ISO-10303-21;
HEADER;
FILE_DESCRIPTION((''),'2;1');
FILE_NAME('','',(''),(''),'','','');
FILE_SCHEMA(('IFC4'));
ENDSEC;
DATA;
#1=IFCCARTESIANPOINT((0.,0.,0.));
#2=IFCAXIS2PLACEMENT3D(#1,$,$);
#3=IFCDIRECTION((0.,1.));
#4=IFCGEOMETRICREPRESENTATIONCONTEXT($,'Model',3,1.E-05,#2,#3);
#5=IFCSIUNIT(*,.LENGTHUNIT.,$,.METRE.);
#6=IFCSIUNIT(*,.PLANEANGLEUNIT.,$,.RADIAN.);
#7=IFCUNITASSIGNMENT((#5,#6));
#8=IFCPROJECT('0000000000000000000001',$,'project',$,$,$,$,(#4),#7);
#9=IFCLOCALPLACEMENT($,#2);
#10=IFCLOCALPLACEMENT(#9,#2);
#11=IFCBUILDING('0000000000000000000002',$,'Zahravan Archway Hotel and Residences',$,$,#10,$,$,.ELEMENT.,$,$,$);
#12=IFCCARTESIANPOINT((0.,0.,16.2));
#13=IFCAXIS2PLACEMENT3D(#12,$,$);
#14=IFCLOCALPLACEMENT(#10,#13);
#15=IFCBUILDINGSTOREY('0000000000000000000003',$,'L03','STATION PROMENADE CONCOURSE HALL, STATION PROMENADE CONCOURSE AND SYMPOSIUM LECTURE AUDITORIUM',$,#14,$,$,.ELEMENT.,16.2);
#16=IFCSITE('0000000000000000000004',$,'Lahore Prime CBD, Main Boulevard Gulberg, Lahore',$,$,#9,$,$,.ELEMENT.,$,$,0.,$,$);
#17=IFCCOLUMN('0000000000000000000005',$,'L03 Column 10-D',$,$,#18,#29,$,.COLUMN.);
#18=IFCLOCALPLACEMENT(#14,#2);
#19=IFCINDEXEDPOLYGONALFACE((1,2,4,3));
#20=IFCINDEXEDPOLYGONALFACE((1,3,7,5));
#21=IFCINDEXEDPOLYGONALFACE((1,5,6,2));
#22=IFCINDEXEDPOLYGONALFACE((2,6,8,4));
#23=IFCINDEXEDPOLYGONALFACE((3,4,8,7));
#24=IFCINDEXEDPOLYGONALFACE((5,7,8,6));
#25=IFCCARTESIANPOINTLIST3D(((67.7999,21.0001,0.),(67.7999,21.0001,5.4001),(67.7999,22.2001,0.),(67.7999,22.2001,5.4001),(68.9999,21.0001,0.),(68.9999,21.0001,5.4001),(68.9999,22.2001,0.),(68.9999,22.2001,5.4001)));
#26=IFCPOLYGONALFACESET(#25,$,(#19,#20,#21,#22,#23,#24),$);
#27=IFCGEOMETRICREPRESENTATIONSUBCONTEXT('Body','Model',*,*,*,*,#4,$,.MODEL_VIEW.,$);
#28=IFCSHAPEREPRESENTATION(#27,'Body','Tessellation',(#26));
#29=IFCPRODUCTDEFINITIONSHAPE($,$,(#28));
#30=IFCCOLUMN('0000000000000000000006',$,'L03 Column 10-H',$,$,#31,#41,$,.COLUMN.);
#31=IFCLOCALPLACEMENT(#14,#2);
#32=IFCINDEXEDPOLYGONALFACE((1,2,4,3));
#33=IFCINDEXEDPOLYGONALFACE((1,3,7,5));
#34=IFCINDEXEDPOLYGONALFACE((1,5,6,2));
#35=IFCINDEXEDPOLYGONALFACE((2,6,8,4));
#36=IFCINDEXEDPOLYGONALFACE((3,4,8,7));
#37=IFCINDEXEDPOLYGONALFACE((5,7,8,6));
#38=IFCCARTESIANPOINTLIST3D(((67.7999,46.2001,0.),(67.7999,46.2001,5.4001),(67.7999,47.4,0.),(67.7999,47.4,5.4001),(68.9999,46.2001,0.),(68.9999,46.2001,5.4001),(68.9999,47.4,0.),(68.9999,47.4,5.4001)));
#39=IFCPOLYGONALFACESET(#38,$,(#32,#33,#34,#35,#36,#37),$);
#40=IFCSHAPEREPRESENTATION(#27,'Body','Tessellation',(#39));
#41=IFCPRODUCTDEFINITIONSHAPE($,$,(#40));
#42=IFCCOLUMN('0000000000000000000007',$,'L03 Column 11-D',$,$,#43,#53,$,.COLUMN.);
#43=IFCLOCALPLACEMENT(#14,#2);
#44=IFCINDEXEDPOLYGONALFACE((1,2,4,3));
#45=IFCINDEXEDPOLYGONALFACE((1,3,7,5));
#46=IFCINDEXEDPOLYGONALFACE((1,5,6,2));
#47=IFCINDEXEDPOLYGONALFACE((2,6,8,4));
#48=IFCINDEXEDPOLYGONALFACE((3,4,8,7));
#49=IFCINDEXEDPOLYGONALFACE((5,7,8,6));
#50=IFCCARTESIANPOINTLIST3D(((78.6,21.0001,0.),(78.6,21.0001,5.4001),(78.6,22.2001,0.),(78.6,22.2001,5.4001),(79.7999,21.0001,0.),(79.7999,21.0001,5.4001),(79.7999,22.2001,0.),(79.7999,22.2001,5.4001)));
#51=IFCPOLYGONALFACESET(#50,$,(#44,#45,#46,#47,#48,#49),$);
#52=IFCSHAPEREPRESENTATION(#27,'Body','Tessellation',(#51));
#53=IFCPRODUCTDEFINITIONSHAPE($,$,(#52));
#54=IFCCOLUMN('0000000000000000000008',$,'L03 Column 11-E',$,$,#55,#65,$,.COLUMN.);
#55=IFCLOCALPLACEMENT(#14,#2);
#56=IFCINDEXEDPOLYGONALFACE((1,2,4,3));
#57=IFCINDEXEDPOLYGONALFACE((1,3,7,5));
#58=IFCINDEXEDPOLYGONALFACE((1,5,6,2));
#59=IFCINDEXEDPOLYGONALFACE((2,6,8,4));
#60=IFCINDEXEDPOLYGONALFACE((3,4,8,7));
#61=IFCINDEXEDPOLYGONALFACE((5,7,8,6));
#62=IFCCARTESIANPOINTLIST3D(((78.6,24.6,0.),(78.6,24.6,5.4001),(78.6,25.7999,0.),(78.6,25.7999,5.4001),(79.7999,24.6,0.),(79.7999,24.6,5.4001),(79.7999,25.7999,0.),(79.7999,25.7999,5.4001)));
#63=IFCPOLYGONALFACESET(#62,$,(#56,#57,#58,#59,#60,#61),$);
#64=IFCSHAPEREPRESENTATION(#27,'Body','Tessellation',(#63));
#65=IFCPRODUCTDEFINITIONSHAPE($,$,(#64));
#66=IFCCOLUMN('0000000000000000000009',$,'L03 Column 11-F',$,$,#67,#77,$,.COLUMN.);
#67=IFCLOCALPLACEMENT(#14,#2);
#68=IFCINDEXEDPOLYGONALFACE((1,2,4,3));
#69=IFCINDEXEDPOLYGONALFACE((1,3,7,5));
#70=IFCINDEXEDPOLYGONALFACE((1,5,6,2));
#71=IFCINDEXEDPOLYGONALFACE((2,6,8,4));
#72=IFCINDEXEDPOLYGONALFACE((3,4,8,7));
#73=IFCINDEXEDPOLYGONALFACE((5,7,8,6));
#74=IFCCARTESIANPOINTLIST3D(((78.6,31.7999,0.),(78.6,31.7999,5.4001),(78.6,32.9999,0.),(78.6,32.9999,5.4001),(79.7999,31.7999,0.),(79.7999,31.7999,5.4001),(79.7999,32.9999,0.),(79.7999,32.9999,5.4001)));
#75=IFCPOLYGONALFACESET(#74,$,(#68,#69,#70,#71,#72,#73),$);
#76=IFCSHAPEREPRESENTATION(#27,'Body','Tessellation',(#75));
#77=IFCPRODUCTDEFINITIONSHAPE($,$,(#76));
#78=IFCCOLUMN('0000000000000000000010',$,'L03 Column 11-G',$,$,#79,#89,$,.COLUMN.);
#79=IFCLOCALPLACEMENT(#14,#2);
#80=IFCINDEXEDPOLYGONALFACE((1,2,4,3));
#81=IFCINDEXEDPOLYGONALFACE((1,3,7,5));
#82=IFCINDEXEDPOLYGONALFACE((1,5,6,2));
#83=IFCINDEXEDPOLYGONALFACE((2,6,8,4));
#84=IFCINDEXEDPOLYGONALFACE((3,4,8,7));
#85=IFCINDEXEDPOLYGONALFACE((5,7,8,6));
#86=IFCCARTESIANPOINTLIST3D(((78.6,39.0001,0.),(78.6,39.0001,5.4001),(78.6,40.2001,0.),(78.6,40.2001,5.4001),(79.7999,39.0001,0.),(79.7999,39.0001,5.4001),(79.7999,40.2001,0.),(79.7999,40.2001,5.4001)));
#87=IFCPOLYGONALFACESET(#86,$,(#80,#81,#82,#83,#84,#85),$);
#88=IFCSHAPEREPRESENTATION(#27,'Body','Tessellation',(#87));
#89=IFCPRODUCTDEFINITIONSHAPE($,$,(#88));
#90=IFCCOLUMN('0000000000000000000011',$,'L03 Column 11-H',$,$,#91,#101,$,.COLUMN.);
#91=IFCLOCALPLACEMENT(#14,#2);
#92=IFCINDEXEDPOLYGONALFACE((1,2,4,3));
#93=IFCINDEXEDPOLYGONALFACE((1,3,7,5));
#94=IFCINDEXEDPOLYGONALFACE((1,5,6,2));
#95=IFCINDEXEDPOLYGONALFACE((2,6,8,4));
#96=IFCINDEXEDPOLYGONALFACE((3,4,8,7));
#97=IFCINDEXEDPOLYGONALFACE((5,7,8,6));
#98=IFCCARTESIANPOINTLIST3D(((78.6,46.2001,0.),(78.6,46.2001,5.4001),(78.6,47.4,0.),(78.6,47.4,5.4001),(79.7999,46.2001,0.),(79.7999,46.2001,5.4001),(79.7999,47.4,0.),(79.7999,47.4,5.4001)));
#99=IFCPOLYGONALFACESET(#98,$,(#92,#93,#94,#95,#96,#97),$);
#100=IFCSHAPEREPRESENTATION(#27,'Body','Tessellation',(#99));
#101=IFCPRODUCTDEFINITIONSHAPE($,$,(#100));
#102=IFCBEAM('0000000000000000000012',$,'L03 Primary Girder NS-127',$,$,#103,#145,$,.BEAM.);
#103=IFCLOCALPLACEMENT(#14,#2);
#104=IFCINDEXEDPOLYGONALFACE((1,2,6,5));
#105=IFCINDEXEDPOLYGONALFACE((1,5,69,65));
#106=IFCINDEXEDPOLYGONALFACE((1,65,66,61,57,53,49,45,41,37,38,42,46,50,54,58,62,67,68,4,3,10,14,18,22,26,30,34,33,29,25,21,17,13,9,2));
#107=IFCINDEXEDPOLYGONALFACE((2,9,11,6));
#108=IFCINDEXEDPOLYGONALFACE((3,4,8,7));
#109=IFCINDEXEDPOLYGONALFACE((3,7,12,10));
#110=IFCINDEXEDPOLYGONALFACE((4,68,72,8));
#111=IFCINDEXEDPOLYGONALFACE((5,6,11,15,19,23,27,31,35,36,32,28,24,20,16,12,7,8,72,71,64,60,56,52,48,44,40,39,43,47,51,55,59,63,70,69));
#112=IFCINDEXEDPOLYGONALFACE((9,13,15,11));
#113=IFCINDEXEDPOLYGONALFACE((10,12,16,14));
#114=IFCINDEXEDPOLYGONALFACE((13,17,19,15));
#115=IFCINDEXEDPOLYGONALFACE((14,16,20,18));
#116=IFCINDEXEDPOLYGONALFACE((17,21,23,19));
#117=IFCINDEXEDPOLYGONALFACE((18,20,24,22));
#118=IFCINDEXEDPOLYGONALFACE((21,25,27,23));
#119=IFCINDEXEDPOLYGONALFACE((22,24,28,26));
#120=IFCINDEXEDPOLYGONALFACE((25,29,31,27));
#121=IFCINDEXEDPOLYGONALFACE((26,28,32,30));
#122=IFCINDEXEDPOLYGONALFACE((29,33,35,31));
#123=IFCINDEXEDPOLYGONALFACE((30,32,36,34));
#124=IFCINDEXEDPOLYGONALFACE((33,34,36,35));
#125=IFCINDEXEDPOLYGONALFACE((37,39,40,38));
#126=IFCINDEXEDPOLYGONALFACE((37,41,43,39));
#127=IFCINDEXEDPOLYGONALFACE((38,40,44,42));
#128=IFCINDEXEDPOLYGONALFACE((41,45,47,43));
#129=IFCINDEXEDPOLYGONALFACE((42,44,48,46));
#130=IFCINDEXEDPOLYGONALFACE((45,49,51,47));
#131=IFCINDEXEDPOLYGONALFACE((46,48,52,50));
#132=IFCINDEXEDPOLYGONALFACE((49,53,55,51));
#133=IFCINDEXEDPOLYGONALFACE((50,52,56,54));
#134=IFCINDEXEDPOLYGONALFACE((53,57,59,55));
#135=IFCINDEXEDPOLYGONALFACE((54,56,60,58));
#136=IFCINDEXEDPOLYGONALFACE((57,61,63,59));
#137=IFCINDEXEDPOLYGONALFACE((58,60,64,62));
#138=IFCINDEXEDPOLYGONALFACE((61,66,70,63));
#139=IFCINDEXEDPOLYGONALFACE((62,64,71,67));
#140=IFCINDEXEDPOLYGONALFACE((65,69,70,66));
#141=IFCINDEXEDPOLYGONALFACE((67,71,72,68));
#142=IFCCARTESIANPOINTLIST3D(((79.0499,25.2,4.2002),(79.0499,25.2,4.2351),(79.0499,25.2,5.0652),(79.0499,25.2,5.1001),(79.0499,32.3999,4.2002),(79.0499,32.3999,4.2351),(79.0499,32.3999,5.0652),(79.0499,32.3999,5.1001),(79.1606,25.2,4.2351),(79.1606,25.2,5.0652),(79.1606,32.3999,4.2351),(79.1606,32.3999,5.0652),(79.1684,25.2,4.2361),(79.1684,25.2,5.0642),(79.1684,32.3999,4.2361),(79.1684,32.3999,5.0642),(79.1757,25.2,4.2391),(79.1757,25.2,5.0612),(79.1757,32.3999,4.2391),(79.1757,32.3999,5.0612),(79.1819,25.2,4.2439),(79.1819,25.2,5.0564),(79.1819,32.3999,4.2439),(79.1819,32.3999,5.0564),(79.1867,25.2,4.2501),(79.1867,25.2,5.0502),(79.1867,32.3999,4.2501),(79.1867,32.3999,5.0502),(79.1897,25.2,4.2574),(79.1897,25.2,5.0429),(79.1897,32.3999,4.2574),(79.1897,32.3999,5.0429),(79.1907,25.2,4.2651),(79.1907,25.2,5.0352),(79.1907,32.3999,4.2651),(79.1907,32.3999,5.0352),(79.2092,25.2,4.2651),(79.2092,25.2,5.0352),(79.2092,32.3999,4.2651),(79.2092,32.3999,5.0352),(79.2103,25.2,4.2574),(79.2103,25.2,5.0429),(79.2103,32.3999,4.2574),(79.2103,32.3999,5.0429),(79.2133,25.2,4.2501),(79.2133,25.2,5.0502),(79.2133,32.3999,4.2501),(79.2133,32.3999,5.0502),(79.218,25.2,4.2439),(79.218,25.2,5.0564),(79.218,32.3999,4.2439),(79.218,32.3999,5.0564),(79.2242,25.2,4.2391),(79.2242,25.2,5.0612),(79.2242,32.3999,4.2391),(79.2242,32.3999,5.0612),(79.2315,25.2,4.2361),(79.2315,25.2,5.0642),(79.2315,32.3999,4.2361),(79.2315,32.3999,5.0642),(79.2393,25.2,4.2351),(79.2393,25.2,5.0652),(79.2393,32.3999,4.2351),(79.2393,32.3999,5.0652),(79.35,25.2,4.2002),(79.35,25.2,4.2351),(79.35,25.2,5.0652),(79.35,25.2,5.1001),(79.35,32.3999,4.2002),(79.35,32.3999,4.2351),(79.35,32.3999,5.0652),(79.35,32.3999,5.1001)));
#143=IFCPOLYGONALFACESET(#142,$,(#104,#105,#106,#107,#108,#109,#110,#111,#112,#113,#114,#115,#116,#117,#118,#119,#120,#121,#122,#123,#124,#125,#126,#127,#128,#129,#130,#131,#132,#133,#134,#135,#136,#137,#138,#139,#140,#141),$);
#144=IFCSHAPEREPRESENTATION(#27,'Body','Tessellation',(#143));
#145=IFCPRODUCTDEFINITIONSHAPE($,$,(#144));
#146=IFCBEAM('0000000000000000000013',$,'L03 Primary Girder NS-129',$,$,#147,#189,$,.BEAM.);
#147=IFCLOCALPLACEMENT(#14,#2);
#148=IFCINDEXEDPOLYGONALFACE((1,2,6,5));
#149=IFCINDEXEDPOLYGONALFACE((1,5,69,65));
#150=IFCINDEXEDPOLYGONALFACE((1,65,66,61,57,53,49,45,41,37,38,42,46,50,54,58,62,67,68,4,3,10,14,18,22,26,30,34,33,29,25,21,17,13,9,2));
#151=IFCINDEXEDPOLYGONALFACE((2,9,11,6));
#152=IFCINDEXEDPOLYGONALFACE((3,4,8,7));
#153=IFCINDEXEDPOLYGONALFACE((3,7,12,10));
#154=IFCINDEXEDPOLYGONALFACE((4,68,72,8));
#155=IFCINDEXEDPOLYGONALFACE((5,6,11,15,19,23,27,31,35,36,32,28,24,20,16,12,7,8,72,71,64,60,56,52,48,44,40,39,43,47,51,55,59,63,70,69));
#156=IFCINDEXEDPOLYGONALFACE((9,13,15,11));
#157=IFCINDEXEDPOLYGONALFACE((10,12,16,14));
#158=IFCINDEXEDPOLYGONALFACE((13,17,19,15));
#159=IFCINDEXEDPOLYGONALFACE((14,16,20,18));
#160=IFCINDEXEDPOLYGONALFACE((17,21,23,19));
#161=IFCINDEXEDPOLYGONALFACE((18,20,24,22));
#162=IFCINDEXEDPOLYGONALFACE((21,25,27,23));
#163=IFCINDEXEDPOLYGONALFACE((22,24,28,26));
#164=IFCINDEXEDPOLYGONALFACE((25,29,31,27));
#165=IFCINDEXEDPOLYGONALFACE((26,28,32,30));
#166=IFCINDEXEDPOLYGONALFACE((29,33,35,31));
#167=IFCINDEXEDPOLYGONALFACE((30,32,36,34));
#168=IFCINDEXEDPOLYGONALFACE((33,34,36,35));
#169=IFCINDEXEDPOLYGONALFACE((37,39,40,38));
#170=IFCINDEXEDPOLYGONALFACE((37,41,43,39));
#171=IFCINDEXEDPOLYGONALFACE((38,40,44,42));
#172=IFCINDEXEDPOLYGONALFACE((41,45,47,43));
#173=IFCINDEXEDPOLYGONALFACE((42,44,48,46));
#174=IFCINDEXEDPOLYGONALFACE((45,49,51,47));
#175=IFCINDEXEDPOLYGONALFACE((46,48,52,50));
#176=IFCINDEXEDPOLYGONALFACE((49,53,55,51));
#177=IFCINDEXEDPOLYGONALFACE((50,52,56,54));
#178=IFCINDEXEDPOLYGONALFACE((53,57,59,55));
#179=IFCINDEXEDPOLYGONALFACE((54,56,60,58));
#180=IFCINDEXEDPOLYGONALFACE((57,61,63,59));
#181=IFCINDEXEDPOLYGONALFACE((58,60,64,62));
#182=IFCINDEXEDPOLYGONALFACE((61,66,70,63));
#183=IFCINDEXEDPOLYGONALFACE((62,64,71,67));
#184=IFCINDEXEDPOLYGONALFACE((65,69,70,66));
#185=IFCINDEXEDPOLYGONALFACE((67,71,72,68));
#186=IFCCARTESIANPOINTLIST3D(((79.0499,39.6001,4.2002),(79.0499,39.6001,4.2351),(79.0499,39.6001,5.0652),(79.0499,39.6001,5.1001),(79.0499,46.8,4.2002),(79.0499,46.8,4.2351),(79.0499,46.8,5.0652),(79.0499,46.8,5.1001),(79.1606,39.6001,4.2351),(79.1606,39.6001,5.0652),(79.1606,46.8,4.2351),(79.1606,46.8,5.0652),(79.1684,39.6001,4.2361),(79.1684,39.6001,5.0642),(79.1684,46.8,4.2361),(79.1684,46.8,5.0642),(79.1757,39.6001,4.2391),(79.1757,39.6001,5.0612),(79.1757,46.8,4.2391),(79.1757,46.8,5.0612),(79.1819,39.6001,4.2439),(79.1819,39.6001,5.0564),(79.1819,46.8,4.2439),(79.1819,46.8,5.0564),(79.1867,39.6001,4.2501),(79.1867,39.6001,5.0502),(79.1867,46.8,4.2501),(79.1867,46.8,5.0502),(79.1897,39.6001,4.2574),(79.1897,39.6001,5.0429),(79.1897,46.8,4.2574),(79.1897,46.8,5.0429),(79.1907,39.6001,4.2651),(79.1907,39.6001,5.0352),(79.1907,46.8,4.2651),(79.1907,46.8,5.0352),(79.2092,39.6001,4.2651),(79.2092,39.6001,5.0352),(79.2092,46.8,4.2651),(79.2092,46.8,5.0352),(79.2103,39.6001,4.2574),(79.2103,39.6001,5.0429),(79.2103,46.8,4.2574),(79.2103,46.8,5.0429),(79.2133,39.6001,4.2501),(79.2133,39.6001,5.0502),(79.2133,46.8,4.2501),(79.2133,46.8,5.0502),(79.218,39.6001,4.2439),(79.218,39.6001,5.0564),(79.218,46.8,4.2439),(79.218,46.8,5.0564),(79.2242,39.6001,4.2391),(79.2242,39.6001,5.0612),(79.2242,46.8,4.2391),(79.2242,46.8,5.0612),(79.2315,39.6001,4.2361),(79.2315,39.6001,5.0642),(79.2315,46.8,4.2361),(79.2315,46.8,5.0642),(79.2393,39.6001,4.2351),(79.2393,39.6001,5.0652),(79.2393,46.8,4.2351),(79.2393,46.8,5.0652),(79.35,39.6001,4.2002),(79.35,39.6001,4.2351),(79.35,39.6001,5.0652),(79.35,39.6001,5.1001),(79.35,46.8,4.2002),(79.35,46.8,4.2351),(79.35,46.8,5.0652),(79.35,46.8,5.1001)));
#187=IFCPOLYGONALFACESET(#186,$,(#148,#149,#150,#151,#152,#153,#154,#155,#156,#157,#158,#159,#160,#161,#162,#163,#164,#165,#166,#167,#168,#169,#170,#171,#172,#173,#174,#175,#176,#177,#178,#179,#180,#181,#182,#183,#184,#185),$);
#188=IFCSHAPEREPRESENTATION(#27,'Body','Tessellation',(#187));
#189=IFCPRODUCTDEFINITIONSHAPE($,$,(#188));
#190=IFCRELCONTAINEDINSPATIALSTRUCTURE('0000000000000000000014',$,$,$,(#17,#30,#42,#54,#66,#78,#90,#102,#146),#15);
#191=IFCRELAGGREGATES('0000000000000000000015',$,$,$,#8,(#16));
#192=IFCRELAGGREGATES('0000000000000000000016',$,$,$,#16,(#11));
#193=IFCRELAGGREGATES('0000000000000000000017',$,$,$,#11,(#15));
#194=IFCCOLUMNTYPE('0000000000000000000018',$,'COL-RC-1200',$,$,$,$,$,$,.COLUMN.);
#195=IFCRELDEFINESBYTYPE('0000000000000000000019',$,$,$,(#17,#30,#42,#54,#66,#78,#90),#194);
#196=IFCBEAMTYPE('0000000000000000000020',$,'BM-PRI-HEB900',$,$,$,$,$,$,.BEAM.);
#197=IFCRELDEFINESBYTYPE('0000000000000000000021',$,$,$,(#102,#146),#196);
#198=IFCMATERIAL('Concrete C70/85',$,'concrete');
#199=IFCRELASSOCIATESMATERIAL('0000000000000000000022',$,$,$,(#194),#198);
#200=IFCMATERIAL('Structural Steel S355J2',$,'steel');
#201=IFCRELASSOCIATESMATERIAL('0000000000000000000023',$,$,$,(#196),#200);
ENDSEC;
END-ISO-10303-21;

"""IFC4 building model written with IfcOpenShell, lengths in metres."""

from ifc_helpers import new_model, si_unit, direction, frame, origin, origin_2d, place, context, subcontext, project, spatial, rectangle, i_section, extrude, source, transform, mapped, material, material_profile, profile_set, type_object, element, save


model = new_model("IFC4")

# Units and contexts
model_context = context("Model", 3, precision=1e-05, world=origin(), true_north=direction((0.0, 1.0)))
body_context = subcontext(model_context, "Body", "Model", "MODEL_VIEW")
ifc_project = project(units=[si_unit("LENGTHUNIT", "METRE"), si_unit("PLANEANGLEUNIT", "RADIAN")], contexts=[model_context])

# Site, building, storey
site_placement = place(None, origin())
site = spatial("IfcSite", under=ifc_project, at=site_placement, Name="Lahore Prime CBD, Main Boulevard Gulberg, Lahore", CompositionType="ELEMENT", RefElevation=0.0)
building_placement = place(site_placement, origin())
building = spatial("IfcBuilding", under=site, at=building_placement, Name="Zahravan Archway Hotel and Residences", CompositionType="ELEMENT")
storey_placement = place(building_placement, frame((0.0, 0.0, 16.2)))
storey = spatial("IfcBuildingStorey", under=building, at=storey_placement, Name="L03", Description="STATION PROMENADE CONCOURSE HALL, STATION PROMENADE CONCOURSE AND SYMPOSIUM LECTURE AUDITORIUM", CompositionType="ELEMENT", Elevation=16.2)

# Columns
ifc_material_1 = material(Name="Concrete C70/85", Category="concrete")
ifc_material_profile_1 = material_profile(ifc_material_1, rectangle(XDim=1.2, YDim=1.2, at=origin_2d()), Name="RC-COL-1200x1200", Category="concrete")
ifc_profile_set_1 = profile_set([ifc_material_profile_1], Name="Concrete C70/85")
column_type = type_object("IfcColumnType", Name="COL-RC-1200", PredefinedType="COLUMN", material=ifc_profile_set_1)
shared_shape_1 = source(origin(), body_context, "Body", "SweptSolid", [
    extrude(rectangle(XDim=1.2, YDim=1.2, at=origin_2d()), origin(), (0.0, 0.0, 1.0), 5.4001),
])
for number, where, z_axis, x_axis, name in (
    (1, (68.3999, 21.6001, 0.0), (0.0, 0.0, 1.0), (1.0, 0.0, 0.0), "L03 Column 10-D"),
    (2, (68.3999, 46.8, 0.0), (0.0, 0.0, 1.0), (1.0, 0.0, 0.0), "L03 Column 10-H"),
    (3, (79.2, 21.6001, 0.0), (0.0, 0.0, 1.0), (1.0, 0.0, 0.0), "L03 Column 11-D"),
    (4, (79.2, 25.2, 0.0), (0.0, 0.0, 1.0), (1.0, 0.0, 0.0), "L03 Column 11-E"),
    (5, (79.2, 32.3999, 0.0), (0.0, 0.0, 1.0), (1.0, 0.0, 0.0), "L03 Column 11-F"),
    (6, (79.2, 39.6001, 0.0), (0.0, 0.0, 1.0), (1.0, 0.0, 0.0), "L03 Column 11-G"),
    (7, (79.2, 46.8, 0.0), (0.0, 0.0, 1.0), (1.0, 0.0, 0.0), "L03 Column 11-H"),
):
    element("IfcColumn", number, at=place(storey_placement, frame(where, z_axis=z_axis, x_axis=x_axis)), inside=storey, type_object=column_type, Name=name, PredefinedType="COLUMN", context=body_context, shape_type="MappedRepresentation", body=[
        mapped(shared_shape_1, transform((0.0, 0.0, 0.0), scale=1.0)),
    ])

# Beams
ifc_material_2 = material(Name="Structural Steel S355J2", Category="steel")
ifc_material_profile_2 = material_profile(ifc_material_2, i_section(OverallWidth=0.3, OverallDepth=0.8999, WebThickness=0.0186, FlangeThickness=0.0349, FilletRadius=0.03, at=origin_2d()), Name="HEB 900", Category="steel")
ifc_profile_set_2 = profile_set([ifc_material_profile_2], Name="Structural Steel S355J2")
beam_type_1 = type_object("IfcBeamType", Name="BM-PRI-HEB900", PredefinedType="BEAM", material=ifc_profile_set_2)
shared_shape_2 = source(origin(), body_context, "Body", "SweptSolid", [
    extrude(i_section(OverallWidth=0.3, OverallDepth=0.8999, WebThickness=0.0186, FlangeThickness=0.0349, FilletRadius=0.03, at=origin_2d()), origin(), (0.0, 0.0, 1.0), 7.2),
])
for number, where, z_axis, x_axis, name in (
    (8, (79.2, 25.2, 4.6501), (0.0, 1.0, 0.0), (-1.0, 0.0, 0.0), "L03 Primary Girder NS-127"),
    (9, (79.2, 39.6001, 4.6501), (0.0, 1.0, 0.0), (-1.0, 0.0, 0.0), "L03 Primary Girder NS-129"),
):
    element("IfcBeam", number, at=place(storey_placement, frame(where, z_axis=z_axis, x_axis=x_axis)), inside=storey, type_object=beam_type_1, Name=name, PredefinedType="BEAM", context=body_context, shape_type="MappedRepresentation", body=[
        mapped(shared_shape_2, transform((0.0, 0.0, 0.0), scale=1.0)),
    ])

save(model, "model.ifc")
